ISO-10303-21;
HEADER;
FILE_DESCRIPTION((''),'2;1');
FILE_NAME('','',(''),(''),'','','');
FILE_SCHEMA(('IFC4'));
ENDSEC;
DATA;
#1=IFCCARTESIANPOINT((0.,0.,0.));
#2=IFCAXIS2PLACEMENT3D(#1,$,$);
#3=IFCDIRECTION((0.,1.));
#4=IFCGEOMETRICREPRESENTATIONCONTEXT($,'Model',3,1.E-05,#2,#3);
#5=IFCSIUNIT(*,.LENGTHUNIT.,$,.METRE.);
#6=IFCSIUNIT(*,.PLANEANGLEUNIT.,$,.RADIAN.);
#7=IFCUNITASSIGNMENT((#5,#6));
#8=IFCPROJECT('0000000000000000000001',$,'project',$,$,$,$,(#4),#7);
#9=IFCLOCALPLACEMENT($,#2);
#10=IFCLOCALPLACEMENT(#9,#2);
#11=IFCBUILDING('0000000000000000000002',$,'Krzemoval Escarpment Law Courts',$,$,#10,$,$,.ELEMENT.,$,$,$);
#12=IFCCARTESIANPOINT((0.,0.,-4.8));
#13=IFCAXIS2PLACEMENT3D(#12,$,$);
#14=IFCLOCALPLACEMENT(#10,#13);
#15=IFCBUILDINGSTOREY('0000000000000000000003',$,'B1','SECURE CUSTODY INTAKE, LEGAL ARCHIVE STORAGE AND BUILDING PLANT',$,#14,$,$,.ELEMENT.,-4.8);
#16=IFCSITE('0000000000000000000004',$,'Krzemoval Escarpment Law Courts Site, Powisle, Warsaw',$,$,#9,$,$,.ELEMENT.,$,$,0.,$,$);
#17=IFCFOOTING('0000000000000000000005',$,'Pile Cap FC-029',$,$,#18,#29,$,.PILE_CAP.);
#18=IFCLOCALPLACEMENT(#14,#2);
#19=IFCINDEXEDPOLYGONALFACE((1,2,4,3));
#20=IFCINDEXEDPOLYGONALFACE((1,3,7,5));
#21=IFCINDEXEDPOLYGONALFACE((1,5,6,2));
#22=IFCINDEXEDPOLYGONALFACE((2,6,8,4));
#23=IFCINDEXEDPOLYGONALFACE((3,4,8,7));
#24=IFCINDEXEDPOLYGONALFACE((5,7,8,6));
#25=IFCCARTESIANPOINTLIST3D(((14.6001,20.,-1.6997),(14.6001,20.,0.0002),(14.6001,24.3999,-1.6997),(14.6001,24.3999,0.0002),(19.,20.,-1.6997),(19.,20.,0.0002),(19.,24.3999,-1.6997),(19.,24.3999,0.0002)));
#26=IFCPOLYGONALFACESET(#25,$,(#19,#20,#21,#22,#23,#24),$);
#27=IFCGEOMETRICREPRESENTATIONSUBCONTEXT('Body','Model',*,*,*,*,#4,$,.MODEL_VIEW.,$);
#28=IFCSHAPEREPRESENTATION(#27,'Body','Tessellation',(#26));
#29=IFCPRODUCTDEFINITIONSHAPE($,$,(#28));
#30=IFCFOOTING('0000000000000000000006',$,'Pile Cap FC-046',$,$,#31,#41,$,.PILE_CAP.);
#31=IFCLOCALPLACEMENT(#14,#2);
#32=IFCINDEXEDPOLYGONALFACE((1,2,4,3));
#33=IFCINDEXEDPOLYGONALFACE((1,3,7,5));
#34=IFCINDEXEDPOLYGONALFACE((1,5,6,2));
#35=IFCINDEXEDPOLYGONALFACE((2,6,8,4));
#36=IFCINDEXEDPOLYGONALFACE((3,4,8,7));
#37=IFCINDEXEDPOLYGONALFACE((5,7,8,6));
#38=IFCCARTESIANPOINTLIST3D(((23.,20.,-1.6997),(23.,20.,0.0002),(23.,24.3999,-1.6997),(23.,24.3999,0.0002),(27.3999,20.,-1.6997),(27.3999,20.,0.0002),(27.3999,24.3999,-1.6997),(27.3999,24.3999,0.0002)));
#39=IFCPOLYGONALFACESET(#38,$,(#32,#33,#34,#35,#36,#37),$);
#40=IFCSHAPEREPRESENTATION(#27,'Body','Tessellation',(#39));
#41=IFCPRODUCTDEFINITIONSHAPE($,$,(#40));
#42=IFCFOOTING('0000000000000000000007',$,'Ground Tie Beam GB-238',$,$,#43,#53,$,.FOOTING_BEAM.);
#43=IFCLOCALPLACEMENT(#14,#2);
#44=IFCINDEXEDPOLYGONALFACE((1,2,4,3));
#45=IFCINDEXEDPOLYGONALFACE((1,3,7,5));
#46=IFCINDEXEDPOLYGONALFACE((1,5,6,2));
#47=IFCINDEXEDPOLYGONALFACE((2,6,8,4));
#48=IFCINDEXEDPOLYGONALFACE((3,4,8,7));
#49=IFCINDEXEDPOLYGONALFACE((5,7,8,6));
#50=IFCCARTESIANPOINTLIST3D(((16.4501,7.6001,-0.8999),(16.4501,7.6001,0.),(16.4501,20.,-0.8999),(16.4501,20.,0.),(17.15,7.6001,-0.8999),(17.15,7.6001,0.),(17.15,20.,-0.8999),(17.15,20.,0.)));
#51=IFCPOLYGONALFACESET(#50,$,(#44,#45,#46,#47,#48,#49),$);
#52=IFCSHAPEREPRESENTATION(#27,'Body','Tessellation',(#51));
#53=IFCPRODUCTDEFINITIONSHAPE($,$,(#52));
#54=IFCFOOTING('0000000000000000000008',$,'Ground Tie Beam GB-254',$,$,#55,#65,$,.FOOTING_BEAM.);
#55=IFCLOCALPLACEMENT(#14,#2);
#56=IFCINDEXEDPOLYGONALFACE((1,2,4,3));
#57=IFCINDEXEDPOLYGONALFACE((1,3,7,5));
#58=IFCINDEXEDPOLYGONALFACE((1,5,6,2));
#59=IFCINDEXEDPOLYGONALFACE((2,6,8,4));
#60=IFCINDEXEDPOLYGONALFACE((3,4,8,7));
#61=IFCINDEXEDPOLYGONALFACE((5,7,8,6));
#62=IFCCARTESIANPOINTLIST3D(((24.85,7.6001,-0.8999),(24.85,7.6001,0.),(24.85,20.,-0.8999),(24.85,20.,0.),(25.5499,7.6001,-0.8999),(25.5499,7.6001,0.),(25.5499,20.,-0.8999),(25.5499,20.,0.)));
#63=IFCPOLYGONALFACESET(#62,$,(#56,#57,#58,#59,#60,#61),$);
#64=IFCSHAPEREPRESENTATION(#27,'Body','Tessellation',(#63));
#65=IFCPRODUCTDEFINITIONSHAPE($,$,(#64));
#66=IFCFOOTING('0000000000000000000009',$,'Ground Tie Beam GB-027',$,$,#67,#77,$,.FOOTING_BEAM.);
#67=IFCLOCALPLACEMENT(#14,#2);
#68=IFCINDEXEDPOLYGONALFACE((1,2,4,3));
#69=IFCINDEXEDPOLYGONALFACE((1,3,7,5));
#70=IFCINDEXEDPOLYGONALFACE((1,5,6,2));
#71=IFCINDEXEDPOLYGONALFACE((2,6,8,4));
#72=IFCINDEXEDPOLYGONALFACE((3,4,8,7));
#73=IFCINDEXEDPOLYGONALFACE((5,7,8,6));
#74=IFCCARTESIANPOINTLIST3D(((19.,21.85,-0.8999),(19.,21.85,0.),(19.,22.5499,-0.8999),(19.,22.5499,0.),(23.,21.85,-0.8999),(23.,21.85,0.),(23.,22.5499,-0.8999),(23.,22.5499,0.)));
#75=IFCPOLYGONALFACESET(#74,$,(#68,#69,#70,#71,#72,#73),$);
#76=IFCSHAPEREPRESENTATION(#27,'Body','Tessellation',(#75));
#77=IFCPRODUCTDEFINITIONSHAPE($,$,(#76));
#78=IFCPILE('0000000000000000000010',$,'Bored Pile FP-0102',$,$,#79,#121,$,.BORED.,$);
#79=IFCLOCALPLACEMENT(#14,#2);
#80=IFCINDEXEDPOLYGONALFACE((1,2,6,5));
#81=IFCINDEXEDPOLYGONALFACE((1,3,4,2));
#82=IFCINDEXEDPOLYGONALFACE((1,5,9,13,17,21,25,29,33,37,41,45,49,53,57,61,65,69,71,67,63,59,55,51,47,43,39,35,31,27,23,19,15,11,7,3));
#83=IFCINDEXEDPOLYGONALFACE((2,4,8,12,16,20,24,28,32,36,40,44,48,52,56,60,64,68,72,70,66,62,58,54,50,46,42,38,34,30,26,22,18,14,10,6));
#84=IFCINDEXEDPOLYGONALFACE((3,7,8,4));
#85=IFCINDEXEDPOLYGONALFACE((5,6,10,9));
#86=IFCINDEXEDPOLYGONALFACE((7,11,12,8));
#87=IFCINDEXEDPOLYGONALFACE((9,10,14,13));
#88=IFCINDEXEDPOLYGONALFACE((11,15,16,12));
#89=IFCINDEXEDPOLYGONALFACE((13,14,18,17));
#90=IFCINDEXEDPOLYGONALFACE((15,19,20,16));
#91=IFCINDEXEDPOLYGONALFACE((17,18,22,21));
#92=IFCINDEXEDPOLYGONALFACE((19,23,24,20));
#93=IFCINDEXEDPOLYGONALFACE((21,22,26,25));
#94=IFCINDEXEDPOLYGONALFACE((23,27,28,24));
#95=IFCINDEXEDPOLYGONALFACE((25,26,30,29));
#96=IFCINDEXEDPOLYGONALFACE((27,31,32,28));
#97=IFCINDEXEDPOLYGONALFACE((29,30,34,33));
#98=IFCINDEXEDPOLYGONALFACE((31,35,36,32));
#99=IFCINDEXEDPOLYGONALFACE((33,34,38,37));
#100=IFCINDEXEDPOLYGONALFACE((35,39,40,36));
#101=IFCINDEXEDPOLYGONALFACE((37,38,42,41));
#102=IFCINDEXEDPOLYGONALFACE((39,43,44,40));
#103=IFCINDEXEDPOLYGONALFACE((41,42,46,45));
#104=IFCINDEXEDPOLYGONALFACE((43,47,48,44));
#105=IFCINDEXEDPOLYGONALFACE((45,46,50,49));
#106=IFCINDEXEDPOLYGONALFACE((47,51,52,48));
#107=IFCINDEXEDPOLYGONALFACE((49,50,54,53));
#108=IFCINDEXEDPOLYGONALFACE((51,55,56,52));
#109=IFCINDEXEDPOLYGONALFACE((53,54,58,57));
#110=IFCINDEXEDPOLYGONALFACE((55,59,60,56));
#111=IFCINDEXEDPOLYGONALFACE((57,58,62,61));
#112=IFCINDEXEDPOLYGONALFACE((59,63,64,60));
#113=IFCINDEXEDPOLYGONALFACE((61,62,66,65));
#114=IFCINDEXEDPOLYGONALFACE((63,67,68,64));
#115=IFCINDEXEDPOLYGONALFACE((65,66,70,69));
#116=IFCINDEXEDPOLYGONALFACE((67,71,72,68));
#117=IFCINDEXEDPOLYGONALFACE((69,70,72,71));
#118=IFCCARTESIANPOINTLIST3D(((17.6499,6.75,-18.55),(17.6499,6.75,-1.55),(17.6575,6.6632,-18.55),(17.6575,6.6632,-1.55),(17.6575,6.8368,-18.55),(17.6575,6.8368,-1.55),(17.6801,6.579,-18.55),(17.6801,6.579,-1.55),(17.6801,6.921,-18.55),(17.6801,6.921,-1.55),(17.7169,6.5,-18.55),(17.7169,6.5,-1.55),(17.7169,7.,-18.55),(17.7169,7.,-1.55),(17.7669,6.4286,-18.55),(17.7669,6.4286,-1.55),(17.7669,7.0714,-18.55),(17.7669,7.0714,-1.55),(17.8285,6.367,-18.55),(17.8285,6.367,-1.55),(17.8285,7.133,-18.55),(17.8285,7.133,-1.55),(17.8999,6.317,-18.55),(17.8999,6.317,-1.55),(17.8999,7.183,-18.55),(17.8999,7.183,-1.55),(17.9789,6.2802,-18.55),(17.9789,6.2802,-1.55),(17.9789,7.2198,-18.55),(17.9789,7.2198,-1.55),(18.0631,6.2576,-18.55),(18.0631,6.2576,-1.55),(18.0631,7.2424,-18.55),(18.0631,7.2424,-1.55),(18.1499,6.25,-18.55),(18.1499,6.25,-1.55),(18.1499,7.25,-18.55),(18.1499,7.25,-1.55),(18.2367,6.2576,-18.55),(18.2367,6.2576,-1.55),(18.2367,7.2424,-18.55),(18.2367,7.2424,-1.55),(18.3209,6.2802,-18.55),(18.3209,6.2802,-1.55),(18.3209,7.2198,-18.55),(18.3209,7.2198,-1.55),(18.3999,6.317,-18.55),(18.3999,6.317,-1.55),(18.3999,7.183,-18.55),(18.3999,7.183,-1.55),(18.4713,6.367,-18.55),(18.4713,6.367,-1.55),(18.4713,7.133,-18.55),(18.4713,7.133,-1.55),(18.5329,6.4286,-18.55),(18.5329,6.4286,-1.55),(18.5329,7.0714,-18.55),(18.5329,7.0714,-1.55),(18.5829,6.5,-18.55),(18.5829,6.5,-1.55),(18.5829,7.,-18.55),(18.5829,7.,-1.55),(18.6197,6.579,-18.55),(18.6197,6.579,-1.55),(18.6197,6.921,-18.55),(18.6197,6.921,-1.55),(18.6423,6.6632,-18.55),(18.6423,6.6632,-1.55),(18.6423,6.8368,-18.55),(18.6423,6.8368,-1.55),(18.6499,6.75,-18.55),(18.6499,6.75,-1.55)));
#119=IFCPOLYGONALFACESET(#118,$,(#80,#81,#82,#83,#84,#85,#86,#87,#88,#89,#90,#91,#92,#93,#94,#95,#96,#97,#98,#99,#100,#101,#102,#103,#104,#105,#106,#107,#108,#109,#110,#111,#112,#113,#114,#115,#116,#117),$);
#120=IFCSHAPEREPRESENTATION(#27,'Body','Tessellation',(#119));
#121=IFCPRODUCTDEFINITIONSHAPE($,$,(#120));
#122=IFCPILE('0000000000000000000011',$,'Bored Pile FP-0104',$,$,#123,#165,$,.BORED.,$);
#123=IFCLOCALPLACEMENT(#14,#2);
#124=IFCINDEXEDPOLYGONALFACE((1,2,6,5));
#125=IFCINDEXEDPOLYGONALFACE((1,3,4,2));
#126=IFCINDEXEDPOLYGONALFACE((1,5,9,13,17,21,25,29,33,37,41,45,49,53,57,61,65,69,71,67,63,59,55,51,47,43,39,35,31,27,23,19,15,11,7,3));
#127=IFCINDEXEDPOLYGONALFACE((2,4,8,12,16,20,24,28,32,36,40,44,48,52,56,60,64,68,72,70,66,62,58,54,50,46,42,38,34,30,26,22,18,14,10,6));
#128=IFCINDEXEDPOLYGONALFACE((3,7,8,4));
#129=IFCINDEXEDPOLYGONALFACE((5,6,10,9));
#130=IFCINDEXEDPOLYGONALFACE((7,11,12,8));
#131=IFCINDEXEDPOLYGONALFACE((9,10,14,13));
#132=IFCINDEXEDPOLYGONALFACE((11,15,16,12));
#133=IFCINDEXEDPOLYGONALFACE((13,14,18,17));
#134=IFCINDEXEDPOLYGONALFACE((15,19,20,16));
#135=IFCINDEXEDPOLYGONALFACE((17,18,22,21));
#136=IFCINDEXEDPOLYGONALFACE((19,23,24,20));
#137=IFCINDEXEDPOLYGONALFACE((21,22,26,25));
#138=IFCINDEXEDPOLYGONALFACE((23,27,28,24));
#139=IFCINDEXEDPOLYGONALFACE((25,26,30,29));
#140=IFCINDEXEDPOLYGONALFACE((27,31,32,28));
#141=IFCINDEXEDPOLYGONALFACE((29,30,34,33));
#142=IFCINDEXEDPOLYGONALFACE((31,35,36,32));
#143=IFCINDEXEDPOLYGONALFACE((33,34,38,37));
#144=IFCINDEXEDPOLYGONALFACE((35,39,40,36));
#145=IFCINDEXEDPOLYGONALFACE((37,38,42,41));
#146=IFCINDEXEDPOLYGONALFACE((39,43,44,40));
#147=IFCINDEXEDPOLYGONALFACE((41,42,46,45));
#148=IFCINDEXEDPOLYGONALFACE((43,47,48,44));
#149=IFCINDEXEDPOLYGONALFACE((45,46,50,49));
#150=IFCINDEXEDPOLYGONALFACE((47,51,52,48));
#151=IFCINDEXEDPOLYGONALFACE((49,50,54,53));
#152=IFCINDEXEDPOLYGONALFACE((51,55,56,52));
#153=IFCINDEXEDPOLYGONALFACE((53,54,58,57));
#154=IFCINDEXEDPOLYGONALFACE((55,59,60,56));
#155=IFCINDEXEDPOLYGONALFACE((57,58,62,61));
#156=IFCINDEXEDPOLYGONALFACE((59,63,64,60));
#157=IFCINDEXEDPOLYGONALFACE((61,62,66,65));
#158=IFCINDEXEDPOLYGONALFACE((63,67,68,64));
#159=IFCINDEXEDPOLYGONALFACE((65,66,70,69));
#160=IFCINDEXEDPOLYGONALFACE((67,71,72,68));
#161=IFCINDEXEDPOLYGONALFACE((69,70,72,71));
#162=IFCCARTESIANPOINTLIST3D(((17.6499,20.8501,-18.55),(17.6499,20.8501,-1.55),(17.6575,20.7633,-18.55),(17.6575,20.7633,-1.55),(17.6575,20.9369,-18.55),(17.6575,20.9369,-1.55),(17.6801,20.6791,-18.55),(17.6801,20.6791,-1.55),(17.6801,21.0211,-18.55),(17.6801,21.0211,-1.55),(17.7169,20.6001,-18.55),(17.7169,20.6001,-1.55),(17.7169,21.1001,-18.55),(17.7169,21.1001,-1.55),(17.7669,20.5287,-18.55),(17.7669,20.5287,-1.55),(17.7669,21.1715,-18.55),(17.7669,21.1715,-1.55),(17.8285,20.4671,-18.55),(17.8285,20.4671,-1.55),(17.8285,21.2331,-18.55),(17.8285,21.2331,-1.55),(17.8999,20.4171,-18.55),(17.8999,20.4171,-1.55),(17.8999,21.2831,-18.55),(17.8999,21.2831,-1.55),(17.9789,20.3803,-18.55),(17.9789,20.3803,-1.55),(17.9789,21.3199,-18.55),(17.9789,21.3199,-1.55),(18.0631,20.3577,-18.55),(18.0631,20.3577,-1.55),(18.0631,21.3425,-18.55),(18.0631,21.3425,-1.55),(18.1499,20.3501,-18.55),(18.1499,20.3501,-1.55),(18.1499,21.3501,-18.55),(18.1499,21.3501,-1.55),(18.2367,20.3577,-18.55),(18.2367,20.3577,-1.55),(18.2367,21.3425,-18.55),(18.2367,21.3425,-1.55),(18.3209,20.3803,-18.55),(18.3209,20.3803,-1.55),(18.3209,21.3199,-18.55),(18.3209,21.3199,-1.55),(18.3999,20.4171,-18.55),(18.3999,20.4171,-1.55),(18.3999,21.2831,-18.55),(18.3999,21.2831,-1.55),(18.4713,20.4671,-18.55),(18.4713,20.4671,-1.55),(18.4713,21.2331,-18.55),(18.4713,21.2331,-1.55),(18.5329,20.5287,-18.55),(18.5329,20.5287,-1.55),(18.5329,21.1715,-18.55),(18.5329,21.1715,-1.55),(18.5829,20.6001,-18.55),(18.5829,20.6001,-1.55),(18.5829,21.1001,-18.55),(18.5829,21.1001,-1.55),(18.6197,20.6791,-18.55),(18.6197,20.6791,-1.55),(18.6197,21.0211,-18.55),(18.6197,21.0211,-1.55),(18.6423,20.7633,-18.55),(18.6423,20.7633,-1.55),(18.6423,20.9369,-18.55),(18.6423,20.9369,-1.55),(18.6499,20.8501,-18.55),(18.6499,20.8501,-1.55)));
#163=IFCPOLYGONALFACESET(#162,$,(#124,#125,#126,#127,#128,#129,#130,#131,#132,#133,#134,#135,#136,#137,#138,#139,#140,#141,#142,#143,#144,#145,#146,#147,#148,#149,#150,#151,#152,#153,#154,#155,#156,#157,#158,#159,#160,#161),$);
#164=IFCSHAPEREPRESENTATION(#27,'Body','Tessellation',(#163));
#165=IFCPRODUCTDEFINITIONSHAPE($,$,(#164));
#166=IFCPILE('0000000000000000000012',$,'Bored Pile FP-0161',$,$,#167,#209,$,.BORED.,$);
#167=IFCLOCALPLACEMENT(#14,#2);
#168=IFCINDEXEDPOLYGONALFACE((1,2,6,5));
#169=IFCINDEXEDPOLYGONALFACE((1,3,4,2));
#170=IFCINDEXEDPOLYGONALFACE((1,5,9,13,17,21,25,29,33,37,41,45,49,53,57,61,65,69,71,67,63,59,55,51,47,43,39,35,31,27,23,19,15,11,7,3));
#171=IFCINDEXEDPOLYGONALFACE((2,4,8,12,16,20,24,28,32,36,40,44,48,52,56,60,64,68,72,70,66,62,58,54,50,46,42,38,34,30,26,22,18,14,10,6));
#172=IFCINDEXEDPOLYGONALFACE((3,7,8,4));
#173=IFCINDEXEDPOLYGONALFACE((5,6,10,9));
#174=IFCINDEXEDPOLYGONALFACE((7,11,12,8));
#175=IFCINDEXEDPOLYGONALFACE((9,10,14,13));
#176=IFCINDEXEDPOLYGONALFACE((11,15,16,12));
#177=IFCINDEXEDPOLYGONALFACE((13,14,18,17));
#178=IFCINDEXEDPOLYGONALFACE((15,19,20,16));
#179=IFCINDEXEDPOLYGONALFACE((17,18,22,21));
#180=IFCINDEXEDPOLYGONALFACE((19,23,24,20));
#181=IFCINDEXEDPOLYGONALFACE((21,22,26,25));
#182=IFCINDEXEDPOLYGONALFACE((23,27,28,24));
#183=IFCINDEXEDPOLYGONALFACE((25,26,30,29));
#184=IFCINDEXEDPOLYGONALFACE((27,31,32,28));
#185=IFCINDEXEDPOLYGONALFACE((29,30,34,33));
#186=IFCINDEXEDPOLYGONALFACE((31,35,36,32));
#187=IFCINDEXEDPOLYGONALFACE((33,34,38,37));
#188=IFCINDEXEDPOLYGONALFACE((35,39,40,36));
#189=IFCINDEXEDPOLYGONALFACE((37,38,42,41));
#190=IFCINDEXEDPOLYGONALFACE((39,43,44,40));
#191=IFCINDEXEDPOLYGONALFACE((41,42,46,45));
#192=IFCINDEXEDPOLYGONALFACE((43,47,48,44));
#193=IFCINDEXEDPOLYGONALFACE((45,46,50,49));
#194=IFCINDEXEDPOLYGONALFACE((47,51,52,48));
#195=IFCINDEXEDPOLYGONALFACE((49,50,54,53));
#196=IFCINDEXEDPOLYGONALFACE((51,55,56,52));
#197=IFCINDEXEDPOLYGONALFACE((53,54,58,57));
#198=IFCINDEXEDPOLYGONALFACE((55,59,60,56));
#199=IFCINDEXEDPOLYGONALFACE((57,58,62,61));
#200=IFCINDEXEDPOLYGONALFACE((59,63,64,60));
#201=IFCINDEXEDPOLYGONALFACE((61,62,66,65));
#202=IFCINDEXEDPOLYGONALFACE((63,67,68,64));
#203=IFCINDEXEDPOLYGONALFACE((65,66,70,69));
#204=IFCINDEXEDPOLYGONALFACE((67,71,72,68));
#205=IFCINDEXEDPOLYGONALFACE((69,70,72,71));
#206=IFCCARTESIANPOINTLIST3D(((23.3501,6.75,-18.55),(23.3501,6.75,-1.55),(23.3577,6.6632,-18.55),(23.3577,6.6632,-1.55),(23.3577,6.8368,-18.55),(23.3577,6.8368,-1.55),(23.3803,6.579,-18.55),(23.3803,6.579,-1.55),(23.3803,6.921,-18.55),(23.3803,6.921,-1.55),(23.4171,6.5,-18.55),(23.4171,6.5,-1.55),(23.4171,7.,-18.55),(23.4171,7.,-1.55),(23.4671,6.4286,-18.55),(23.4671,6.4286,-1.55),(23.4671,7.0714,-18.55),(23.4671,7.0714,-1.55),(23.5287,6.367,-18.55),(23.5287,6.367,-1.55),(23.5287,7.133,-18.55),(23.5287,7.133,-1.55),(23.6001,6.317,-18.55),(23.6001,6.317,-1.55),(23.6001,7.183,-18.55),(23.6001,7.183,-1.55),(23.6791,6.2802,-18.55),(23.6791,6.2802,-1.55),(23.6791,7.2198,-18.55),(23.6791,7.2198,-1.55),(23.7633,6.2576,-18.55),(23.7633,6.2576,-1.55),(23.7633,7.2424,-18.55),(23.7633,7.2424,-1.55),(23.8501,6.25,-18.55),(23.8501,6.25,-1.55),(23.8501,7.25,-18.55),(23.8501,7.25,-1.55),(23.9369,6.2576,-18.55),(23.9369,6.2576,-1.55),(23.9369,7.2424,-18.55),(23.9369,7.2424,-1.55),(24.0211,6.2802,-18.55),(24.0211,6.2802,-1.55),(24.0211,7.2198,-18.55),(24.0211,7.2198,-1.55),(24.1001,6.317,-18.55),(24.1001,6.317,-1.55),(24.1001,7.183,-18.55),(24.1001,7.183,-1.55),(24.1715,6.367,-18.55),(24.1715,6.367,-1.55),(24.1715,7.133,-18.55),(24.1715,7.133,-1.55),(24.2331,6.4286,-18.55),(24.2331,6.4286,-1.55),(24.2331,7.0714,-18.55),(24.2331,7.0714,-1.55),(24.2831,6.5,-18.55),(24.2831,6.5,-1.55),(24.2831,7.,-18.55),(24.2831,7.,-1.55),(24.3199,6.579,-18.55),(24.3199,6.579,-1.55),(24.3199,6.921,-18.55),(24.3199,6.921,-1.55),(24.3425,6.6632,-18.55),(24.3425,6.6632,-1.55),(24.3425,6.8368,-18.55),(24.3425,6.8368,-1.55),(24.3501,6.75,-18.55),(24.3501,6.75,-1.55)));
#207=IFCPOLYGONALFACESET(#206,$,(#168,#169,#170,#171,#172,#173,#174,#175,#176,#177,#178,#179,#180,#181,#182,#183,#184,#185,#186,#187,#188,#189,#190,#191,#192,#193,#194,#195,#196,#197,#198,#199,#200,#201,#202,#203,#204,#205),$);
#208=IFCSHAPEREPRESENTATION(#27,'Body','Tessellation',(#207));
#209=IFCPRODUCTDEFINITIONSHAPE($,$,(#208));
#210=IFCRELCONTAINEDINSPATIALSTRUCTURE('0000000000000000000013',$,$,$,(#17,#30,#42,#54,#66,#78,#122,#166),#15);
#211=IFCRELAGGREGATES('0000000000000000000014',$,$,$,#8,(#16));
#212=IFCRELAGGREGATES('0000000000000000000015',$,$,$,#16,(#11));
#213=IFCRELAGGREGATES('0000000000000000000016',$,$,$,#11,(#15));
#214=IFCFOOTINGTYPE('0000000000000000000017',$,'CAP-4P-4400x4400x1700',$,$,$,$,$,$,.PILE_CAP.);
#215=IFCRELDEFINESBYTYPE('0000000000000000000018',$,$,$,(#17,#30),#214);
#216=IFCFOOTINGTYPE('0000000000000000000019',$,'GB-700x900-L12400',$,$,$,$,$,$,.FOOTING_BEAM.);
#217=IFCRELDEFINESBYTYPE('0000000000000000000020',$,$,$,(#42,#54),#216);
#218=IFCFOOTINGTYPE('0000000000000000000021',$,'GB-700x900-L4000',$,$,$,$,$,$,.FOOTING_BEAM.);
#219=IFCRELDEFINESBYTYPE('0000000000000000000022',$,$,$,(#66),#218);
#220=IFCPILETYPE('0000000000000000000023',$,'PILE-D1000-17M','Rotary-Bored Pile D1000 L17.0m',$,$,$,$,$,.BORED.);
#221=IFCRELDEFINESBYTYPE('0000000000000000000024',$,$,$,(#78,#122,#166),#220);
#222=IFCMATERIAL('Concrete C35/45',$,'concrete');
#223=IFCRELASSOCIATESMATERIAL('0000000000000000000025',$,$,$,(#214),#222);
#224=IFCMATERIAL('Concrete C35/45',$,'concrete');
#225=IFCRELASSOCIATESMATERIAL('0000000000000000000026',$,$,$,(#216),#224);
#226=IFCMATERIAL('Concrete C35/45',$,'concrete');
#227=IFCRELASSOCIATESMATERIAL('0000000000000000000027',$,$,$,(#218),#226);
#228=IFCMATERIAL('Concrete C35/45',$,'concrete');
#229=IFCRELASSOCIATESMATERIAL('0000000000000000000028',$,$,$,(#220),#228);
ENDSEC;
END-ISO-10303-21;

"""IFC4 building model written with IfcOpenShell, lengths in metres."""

from ifc_helpers import new_model, si_unit, direction, frame, origin, origin_2d, place, context, subcontext, project, spatial, rectangle, circle, extrude, material, material_profile, profile_set, type_object, element, save


model = new_model("IFC4")

# Units and contexts
model_context = context("Model", 3, precision=1e-05, world=origin(), true_north=direction((0.0, 1.0)))
body_context = subcontext(model_context, "Body", "Model", "MODEL_VIEW")
ifc_project = project(units=[si_unit("LENGTHUNIT", "METRE"), si_unit("PLANEANGLEUNIT", "RADIAN")], contexts=[model_context])

# Site, building, storey
site_placement = place(None, origin())
site = spatial("IfcSite", under=ifc_project, at=site_placement, Name="Krzemoval Escarpment Law Courts Site, Powisle, Warsaw", CompositionType="ELEMENT", RefElevation=0.0)
building_placement = place(site_placement, origin())
building = spatial("IfcBuilding", under=site, at=building_placement, Name="Krzemoval Escarpment Law Courts", CompositionType="ELEMENT")
storey_placement = place(building_placement, frame((0.0, 0.0, -4.8)))
storey = spatial("IfcBuildingStorey", under=building, at=storey_placement, Name="B1", Description="SECURE CUSTODY INTAKE, LEGAL ARCHIVE STORAGE AND BUILDING PLANT", CompositionType="ELEMENT", Elevation=-4.8)

# Footings
ifc_material_1 = material(Name="Concrete C35/45", Category="concrete")
footing_type_1 = type_object("IfcFootingType", Name="CAP-4P-4400x4400x1700", PredefinedType="PILE_CAP", material=ifc_material_1)
for number, where, z_axis, x_axis, name in (
    (1, (16.8, 22.2, -1.6997), (0.0, 0.0, 1.0), (1.0, 0.0, 0.0), "Pile Cap FC-029"),
    (2, (25.2, 22.2, -1.6997), (0.0, 0.0, 1.0), (1.0, 0.0, 0.0), "Pile Cap FC-046"),
):
    element("IfcFooting", number, at=place(storey_placement, frame(where, z_axis=z_axis, x_axis=x_axis)), inside=storey, type_object=footing_type_1, Name=name, PredefinedType="PILE_CAP", context=body_context, shape_type="SweptSolid", body=[
        extrude(rectangle(XDim=4.3999, YDim=4.3999, at=origin_2d()), origin(), (0.0, 0.0, 1.0), 1.7),
    ])
ifc_material_2 = material(Name="Concrete C35/45", Category="concrete")
footing_type_2 = type_object("IfcFootingType", Name="GB-700x900-L12400", PredefinedType="FOOTING_BEAM", material=ifc_material_2)
for number, where, z_axis, x_axis, name in (
    (3, (16.8, 13.8, -0.8999), (0.0, 0.0, 1.0), (0.0, 1.0, 0.0), "Ground Tie Beam GB-238"),
    (4, (25.2, 13.8, -0.8999), (0.0, 0.0, 1.0), (0.0, 1.0, 0.0), "Ground Tie Beam GB-254"),
):
    element("IfcFooting", number, at=place(storey_placement, frame(where, z_axis=z_axis, x_axis=x_axis)), inside=storey, type_object=footing_type_2, Name=name, PredefinedType="FOOTING_BEAM", context=body_context, shape_type="SweptSolid", body=[
        extrude(rectangle(XDim=12.3999, YDim=0.7, at=origin_2d()), origin(), (0.0, 0.0, 1.0), 0.8999),
    ])
ifc_material_3 = material(Name="Concrete C35/45", Category="concrete")
footing_type_3 = type_object("IfcFootingType", Name="GB-700x900-L4000", PredefinedType="FOOTING_BEAM", material=ifc_material_3)
footing_placement = place(storey_placement, frame((21.0, 22.2, -0.8999), z_axis=(0.0, 0.0, 1.0), x_axis=(1.0, 0.0, 0.0)))
element("IfcFooting", 5, at=footing_placement, inside=storey, type_object=footing_type_3, Name="Ground Tie Beam GB-027", PredefinedType="FOOTING_BEAM", context=body_context, shape_type="SweptSolid", body=[
    extrude(rectangle(XDim=4.0, YDim=0.7, at=origin_2d()), origin(), (0.0, 0.0, 1.0), 0.8999),
])

# Piles
ifc_material_4 = material(Name="Concrete C35/45", Category="concrete")
ifc_material_profile_1 = material_profile(ifc_material_4, circle(Radius=0.5, at=origin_2d()), Name="PILE D1000")
ifc_profile_set_1 = profile_set([ifc_material_profile_1], Name="Concrete C35/45")
pile_type = type_object("IfcPileType", Name="PILE-D1000-17M", Description="Rotary-Bored Pile D1000 L17.0m", PredefinedType="BORED", material=ifc_profile_set_1)
for number, where, z_axis, x_axis, name in (
    (6, (18.1499, 6.75, -1.55), (0.0, 0.0, -1.0), (1.0, 0.0, 0.0), "Bored Pile FP-0102"),
    (7, (18.1499, 20.8501, -1.55), (0.0, 0.0, -1.0), (1.0, 0.0, 0.0), "Bored Pile FP-0104"),
    (8, (23.8501, 6.75, -1.55), (0.0, 0.0, -1.0), (1.0, 0.0, 0.0), "Bored Pile FP-0161"),
):
    element("IfcPile", number, at=place(storey_placement, frame(where, z_axis=z_axis, x_axis=x_axis)), inside=storey, type_object=pile_type, Name=name, PredefinedType="BORED", context=body_context, shape_type="SweptSolid", body=[
        extrude(circle(Radius=0.5, at=origin_2d()), origin(), (0.0, 0.0, 1.0), 17.0),
    ])

save(model, "model.ifc")
